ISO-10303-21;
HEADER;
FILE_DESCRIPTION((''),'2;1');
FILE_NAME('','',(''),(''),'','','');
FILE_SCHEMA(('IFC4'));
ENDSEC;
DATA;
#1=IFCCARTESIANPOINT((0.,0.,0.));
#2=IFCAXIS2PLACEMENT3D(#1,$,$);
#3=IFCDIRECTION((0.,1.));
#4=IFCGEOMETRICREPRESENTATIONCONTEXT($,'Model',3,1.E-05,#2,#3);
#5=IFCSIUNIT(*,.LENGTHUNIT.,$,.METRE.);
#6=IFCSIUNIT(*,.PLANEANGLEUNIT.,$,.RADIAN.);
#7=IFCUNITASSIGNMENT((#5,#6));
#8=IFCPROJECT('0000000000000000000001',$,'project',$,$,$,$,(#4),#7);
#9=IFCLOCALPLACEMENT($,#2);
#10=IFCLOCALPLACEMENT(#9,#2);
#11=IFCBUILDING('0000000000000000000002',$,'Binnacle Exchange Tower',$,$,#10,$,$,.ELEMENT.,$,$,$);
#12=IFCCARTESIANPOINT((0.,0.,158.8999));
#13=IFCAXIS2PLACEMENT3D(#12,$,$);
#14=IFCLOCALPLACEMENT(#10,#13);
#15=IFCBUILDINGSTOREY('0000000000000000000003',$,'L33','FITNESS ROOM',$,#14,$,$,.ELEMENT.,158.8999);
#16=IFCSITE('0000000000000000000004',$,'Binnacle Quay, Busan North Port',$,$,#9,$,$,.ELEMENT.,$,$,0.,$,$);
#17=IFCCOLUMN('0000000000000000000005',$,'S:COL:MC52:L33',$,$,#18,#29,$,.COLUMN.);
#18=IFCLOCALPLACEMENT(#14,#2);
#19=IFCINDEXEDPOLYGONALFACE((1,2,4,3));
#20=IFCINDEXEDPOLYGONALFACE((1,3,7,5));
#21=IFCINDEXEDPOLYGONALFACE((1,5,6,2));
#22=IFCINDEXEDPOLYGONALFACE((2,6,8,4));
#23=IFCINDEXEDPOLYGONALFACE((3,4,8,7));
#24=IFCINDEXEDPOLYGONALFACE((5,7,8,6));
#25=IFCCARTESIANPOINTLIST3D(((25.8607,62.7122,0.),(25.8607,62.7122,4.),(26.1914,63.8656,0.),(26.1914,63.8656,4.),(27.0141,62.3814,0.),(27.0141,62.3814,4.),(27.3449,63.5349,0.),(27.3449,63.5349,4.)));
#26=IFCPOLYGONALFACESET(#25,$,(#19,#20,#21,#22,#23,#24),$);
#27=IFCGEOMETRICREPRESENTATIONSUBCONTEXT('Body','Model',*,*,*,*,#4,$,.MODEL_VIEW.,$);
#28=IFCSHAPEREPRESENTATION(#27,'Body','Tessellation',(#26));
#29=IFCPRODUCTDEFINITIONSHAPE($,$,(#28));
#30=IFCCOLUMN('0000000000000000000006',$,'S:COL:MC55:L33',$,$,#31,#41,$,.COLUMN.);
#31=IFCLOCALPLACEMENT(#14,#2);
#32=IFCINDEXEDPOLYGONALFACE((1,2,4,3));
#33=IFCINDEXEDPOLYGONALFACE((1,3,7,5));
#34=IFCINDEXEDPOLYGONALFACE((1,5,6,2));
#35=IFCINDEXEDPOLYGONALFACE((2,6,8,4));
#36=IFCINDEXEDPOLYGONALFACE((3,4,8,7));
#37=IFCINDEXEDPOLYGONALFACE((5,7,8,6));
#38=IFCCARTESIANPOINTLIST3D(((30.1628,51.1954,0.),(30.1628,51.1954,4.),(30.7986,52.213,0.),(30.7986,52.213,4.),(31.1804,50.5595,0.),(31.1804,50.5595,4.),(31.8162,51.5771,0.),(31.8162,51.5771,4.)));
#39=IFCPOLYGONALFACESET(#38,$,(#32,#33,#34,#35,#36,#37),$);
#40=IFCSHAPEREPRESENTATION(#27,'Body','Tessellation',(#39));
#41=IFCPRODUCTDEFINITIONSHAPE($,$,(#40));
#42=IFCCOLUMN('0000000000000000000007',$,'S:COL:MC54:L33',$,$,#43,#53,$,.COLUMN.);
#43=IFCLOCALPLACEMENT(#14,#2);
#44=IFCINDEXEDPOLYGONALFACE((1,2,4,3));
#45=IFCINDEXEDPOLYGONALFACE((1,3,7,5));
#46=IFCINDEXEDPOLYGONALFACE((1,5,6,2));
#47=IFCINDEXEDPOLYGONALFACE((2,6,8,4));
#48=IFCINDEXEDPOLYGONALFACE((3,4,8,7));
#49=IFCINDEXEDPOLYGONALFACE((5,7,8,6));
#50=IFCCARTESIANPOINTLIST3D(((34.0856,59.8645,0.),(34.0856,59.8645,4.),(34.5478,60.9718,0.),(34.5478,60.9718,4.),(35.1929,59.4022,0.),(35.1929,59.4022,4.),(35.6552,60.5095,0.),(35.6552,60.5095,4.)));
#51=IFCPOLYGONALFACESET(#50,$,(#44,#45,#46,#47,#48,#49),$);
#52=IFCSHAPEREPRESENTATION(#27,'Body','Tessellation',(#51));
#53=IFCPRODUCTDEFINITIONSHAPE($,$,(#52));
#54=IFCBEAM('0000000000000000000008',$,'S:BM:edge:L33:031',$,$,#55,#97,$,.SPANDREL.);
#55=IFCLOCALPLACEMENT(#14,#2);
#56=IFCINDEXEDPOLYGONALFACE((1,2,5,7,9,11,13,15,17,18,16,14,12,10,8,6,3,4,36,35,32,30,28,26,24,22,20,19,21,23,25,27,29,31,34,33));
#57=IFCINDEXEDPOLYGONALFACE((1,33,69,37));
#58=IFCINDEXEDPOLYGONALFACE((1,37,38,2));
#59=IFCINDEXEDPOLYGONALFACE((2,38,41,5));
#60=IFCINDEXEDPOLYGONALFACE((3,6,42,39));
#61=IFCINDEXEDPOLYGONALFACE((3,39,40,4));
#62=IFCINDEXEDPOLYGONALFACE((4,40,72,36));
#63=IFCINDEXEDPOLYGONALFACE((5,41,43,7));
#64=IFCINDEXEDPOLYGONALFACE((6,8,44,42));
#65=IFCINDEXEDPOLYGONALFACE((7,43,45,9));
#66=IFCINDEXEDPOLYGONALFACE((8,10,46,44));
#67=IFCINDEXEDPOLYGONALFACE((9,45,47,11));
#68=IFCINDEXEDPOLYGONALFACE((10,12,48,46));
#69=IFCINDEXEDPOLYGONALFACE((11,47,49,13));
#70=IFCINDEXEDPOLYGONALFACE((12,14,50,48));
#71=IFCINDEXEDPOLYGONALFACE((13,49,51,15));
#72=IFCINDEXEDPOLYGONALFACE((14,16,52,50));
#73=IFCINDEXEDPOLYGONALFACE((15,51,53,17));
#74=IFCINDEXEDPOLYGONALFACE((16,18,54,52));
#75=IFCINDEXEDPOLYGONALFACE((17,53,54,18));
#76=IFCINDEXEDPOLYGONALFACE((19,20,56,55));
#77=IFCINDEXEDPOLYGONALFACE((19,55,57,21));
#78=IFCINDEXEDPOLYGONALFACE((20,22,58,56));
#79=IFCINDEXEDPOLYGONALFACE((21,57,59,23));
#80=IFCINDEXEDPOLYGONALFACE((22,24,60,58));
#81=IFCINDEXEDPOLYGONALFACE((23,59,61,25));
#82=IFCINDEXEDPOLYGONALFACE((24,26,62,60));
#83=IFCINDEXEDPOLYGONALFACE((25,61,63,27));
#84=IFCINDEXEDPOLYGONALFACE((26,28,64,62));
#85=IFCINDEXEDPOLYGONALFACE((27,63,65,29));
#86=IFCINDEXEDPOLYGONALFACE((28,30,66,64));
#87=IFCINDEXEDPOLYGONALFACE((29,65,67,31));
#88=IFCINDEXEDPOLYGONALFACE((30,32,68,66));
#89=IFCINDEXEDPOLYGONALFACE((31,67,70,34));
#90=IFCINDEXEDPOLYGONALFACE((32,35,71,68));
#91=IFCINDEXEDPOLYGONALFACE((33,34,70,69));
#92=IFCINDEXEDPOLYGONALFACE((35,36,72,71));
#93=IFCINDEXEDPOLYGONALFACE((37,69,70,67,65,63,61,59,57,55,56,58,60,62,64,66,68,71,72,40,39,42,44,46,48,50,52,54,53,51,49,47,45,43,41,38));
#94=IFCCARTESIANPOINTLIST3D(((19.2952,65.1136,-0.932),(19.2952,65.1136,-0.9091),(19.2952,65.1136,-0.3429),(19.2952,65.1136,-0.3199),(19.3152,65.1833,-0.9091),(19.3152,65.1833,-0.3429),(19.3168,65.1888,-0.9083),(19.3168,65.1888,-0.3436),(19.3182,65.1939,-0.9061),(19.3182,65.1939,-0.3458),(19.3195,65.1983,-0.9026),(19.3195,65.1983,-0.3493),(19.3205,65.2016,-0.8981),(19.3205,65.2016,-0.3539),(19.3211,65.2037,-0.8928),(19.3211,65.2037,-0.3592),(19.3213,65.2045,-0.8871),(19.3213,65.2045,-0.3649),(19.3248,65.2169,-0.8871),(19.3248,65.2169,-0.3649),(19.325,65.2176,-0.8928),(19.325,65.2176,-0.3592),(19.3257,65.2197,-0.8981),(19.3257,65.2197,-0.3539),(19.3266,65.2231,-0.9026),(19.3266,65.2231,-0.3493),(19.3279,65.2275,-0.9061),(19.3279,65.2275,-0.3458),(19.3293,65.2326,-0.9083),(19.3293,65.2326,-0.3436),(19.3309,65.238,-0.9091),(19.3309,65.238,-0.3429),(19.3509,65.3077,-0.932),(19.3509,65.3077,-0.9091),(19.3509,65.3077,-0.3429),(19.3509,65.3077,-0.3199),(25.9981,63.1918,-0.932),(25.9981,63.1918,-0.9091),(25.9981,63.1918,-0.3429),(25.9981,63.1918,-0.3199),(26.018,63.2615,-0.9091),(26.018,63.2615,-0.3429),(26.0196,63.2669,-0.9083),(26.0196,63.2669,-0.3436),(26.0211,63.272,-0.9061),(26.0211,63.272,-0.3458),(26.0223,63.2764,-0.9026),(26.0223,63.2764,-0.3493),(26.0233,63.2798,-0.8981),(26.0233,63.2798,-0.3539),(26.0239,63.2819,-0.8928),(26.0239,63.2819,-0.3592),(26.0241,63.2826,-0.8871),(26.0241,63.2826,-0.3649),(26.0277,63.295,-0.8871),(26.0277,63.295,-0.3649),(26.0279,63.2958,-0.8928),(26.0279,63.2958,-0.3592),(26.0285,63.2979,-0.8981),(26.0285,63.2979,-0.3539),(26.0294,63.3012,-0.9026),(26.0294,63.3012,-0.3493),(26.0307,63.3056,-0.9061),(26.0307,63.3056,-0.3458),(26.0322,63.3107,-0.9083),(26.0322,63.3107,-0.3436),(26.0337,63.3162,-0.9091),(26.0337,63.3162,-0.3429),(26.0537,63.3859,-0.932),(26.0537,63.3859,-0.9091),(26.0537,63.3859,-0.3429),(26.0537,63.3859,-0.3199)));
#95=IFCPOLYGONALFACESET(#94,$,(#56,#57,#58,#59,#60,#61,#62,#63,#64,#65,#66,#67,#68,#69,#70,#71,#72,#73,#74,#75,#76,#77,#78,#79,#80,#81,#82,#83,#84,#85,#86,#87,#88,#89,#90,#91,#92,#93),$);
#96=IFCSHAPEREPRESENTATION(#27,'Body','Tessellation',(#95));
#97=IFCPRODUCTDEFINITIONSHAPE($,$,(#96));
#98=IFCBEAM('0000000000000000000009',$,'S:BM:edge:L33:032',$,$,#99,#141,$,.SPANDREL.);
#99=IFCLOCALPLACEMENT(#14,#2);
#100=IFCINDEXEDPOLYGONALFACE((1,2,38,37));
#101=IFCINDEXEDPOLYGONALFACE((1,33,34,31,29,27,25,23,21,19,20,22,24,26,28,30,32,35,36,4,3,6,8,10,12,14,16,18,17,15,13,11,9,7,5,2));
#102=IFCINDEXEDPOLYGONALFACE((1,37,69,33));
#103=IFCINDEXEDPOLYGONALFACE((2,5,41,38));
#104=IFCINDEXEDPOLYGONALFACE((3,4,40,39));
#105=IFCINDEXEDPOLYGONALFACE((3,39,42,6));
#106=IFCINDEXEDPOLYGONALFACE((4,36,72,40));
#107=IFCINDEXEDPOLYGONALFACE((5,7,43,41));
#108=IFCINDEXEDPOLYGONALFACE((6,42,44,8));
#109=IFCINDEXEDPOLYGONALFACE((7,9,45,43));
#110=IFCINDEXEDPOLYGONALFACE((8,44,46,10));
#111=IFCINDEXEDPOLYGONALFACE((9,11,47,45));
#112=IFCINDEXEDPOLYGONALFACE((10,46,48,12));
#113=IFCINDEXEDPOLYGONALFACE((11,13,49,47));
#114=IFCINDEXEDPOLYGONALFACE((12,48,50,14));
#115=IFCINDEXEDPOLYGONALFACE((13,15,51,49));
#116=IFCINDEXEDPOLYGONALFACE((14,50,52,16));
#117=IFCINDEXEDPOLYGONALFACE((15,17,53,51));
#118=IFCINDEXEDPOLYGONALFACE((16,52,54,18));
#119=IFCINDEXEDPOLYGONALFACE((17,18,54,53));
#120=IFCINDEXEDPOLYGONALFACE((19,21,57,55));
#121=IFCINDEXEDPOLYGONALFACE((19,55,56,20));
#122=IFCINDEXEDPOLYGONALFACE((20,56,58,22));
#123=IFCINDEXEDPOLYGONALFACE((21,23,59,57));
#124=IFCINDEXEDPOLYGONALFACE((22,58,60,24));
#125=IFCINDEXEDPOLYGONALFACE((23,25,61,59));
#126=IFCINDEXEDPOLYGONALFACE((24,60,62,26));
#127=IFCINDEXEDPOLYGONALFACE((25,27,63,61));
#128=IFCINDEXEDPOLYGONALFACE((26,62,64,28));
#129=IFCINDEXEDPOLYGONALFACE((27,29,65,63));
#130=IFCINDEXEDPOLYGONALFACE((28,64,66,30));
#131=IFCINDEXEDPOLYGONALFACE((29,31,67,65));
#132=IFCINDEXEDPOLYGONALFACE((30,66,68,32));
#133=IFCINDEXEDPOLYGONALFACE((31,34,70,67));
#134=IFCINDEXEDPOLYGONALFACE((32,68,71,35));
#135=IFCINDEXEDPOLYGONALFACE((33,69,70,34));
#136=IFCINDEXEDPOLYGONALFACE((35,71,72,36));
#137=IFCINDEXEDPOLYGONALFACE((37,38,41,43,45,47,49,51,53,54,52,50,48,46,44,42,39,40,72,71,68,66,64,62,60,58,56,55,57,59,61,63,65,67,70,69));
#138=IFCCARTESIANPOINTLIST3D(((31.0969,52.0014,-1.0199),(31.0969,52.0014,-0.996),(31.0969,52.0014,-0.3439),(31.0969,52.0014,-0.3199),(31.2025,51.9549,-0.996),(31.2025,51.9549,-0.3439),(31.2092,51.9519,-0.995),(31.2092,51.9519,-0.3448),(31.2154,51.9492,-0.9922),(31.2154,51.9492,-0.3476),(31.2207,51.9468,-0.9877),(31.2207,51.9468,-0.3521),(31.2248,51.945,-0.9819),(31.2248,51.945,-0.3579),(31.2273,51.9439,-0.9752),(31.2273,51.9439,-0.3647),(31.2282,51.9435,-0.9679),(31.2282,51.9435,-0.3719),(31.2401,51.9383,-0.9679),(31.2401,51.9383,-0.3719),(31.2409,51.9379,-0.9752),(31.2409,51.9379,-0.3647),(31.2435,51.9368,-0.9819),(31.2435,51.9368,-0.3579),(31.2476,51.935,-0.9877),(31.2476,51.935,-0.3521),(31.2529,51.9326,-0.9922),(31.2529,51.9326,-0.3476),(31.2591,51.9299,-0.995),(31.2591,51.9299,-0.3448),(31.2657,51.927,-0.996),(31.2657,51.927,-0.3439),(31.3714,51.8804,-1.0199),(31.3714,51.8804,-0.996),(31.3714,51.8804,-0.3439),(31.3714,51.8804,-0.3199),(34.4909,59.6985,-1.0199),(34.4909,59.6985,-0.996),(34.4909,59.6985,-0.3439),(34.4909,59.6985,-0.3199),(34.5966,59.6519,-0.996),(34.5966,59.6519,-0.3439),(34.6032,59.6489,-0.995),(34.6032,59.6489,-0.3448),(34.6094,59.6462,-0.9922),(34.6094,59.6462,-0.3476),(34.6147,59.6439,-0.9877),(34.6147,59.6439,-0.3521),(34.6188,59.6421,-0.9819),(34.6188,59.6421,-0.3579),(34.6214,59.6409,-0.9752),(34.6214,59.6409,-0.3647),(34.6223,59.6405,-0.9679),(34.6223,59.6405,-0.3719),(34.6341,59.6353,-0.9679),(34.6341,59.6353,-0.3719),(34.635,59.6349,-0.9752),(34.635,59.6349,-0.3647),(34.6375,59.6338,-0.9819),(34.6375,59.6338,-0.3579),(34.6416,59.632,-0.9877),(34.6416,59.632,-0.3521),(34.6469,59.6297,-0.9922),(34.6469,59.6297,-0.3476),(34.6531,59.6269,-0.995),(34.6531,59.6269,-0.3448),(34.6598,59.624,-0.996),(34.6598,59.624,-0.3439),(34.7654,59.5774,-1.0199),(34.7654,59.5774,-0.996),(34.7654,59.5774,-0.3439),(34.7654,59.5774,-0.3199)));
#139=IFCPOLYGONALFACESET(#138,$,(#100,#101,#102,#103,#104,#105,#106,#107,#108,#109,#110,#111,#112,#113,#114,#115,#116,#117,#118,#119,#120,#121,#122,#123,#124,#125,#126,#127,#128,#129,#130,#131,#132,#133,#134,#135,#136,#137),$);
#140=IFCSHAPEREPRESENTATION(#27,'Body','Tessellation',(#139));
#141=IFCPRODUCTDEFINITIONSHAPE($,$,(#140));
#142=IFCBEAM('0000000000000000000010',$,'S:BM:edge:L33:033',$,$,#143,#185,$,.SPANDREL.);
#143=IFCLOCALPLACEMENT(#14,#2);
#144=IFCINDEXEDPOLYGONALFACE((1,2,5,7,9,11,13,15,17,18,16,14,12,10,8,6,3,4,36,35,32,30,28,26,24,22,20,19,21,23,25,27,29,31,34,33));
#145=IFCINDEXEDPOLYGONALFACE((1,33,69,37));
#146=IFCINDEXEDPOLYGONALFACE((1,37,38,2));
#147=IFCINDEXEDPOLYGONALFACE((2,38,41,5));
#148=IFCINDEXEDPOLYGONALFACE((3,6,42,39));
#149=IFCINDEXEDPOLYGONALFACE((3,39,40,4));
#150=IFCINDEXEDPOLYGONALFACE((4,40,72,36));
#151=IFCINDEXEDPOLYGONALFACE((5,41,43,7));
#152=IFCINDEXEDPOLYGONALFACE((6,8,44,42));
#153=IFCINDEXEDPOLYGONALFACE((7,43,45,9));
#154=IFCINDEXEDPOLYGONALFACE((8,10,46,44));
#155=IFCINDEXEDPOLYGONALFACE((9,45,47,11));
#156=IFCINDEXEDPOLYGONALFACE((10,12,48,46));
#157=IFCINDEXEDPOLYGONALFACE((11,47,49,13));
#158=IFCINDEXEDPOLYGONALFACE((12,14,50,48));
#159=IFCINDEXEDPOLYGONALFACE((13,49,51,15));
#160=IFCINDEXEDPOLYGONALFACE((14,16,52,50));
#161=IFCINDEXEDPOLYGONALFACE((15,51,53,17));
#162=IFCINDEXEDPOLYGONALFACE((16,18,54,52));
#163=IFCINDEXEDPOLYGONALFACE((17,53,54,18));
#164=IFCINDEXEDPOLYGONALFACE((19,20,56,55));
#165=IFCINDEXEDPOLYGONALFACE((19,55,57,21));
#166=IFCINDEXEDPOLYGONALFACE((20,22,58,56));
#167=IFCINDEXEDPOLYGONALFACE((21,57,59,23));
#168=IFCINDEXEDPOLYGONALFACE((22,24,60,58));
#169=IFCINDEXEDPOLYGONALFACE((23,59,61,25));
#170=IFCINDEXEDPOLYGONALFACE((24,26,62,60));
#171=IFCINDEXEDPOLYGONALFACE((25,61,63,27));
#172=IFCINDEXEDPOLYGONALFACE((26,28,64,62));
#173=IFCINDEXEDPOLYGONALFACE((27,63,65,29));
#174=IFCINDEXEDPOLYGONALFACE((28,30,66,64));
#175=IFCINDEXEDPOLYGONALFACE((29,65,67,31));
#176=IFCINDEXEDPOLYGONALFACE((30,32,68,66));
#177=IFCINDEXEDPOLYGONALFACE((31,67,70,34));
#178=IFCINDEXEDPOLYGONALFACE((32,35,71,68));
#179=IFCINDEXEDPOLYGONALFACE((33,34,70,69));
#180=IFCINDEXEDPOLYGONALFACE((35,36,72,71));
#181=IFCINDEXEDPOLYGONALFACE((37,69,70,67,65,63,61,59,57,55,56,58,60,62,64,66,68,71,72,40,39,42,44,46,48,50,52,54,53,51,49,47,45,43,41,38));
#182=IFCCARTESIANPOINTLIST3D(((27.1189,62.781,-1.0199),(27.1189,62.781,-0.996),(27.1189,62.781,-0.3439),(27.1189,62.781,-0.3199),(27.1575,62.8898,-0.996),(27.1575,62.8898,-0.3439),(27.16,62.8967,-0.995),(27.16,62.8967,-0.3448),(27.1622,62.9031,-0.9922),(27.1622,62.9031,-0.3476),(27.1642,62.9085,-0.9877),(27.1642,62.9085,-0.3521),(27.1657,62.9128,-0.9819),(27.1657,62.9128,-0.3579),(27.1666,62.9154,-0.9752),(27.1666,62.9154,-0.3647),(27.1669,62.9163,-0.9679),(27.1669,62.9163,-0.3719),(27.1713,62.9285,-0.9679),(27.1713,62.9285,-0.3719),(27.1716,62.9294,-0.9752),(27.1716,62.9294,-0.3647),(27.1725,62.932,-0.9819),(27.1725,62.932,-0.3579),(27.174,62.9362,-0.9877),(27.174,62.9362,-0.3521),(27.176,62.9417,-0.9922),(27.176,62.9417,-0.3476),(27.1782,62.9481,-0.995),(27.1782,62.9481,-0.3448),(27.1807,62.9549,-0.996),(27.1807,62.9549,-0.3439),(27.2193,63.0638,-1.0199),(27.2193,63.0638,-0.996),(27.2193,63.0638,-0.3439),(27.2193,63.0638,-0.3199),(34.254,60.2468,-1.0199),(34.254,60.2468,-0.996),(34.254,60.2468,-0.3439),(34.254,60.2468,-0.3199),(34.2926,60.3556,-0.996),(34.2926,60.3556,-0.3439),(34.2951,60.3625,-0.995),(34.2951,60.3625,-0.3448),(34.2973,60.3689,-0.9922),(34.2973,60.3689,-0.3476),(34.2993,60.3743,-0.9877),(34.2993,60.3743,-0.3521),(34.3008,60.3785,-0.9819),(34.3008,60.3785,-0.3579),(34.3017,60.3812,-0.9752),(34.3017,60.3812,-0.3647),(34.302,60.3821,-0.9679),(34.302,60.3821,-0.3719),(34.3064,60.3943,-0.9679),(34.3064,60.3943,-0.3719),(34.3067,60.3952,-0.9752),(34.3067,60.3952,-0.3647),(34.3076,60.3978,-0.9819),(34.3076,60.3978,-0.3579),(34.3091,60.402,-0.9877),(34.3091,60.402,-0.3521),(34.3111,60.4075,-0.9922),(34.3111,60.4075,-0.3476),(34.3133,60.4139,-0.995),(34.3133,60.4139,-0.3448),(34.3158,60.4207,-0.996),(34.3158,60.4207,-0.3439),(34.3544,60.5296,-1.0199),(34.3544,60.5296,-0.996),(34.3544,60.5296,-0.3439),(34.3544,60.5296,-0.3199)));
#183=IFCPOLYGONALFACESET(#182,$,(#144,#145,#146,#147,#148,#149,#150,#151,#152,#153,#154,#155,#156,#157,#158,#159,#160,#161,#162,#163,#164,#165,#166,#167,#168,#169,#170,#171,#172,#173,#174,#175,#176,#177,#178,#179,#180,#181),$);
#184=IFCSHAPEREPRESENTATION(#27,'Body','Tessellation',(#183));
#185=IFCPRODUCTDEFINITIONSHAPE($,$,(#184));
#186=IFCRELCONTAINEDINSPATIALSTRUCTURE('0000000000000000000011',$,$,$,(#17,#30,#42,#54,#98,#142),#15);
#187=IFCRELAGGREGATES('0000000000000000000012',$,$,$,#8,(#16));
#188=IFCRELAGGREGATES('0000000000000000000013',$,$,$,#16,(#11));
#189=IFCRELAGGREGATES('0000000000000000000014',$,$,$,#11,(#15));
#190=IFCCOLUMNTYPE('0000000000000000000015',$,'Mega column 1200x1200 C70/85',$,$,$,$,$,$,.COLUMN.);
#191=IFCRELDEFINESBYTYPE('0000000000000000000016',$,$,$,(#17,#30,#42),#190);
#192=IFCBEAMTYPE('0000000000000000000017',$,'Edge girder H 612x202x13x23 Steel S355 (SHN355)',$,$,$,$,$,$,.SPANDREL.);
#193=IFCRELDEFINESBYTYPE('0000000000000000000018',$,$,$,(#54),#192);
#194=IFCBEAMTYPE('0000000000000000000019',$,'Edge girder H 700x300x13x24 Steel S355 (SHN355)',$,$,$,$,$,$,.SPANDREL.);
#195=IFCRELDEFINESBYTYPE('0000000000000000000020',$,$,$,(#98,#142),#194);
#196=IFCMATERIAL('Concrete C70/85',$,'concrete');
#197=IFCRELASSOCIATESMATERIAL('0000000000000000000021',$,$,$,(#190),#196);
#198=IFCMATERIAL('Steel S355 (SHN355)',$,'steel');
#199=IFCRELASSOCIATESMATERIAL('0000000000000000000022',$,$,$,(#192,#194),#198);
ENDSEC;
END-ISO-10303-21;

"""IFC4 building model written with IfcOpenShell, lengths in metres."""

from ifc_helpers import new_model, si_unit, direction, frame, origin, origin_2d, place, context, subcontext, project, spatial, rectangle, i_section, extrude, material, material_profile, profile_set, type_object, element, save


model = new_model("IFC4")

# Units and contexts
model_context = context("Model", 3, precision=1e-05, world=origin(), true_north=direction((0.0, 1.0)))
body_context = subcontext(model_context, "Body", "Model", "MODEL_VIEW")
ifc_project = project(units=[si_unit("LENGTHUNIT", "METRE"), si_unit("PLANEANGLEUNIT", "RADIAN")], contexts=[model_context])

# Site, building, storey
site_placement = place(None, origin())
site = spatial("IfcSite", under=ifc_project, at=site_placement, Name="Binnacle Quay, Busan North Port", CompositionType="ELEMENT", RefElevation=0.0)
building_placement = place(site_placement, origin())
building = spatial("IfcBuilding", under=site, at=building_placement, Name="Binnacle Exchange Tower", CompositionType="ELEMENT")
storey_placement = place(building_placement, frame((0.0, 0.0, 158.8999)))
storey = spatial("IfcBuildingStorey", under=building, at=storey_placement, Name="L33", Description="FITNESS ROOM", CompositionType="ELEMENT", Elevation=158.8999)

# Columns
ifc_material_1 = material(Name="Concrete C70/85", Category="concrete")
ifc_material_profile_1 = material_profile(ifc_material_1, rectangle(XDim=1.2, YDim=1.2, at=origin_2d()), Name="Mega column 1200x1200 C70/85")
ifc_profile_set_1 = profile_set([ifc_material_profile_1], Name="Concrete C70/85")
column_type = type_object("IfcColumnType", Name="Mega column 1200x1200 C70/85", PredefinedType="COLUMN", material=ifc_profile_set_1)
for number, where, z_axis, x_axis, name in (
    (1, (26.6028, 63.1235, 0.0), (0.0, 0.0, 1.0), (-0.961262, 0.275637, 0.0), "S:COL:MC52:L33"),
    (2, (30.9895, 51.3862, 0.0), (0.0, 0.0, 1.0), (0.529919, 0.848048, 0.0), "S:COL:MC55:L33"),
    (3, (34.8704, 60.187, 0.0), (0.0, 0.0, 1.0), (-0.922814, 0.385246, 0.0), "S:COL:MC54:L33"),
):
    element("IfcColumn", number, at=place(storey_placement, frame(where, z_axis=z_axis, x_axis=x_axis)), inside=storey, type_object=column_type, Name=name, PredefinedType="COLUMN", context=body_context, shape_type="SweptSolid", body=[
        extrude(rectangle(XDim=1.2, YDim=1.2, at=origin_2d()), origin(), (0.0, 0.0, 1.0), 4.0),
    ])

# Beams
ifc_material_2 = material(Name="Steel S355 (SHN355)", Category="steel")
ifc_material_profile_2 = material_profile(ifc_material_2, i_section(OverallWidth=0.2019, OverallDepth=0.6121, WebThickness=0.0129, FlangeThickness=0.0229, FilletRadius=0.022, at=origin_2d()), Name="H 612x202x13x23")
ifc_profile_set_2 = profile_set([ifc_material_profile_2], Name="Steel S355 (SHN355)")
beam_type_1 = type_object("IfcBeamType", Name="Edge girder H 612x202x13x23 Steel S355 (SHN355)", PredefinedType="SPANDREL", material=ifc_profile_set_2)
beam_1_placement = place(storey_placement, frame((26.0259, 63.2888, -0.626), z_axis=(-0.961267, 0.275618, 0.0), x_axis=(-0.275618, -0.961267, 0.0)))
element("IfcBeam", 4, at=beam_1_placement, inside=storey, type_object=beam_type_1, Name="S:BM:edge:L33:031", PredefinedType="SPANDREL", context=body_context, shape_type="SweptSolid", body=[
    extrude(i_section(OverallWidth=0.2019, OverallDepth=0.6121, WebThickness=0.0129, FlangeThickness=0.0229, FilletRadius=0.022, at=origin_2d()), origin(), (0.0, 0.0, 1.0), 6.9729),
])
ifc_material_profile_3 = material_profile(ifc_material_2, i_section(OverallWidth=0.3, OverallDepth=0.7, WebThickness=0.0129, FlangeThickness=0.0239, FilletRadius=0.0281, at=origin_2d()), Name="H 700x300x13x24")
ifc_profile_set_3 = profile_set([ifc_material_profile_3], Name="Steel S355 (SHN355)")
beam_type_2 = type_object("IfcBeamType", Name="Edge girder H 700x300x13x24 Steel S355 (SHN355)", PredefinedType="SPANDREL", material=ifc_profile_set_3)
beam_2_placement = place(storey_placement, frame((31.2341, 51.9409, -0.6699), z_axis=(0.403471, 0.914992, 0.0), x_axis=(-0.914992, 0.403471, 0.0)))
element("IfcBeam", 5, at=beam_2_placement, inside=storey, type_object=beam_type_2, Name="S:BM:edge:L33:032", PredefinedType="SPANDREL", context=body_context, shape_type="SweptSolid", body=[
    extrude(i_section(OverallWidth=0.3, OverallDepth=0.7, WebThickness=0.0129, FlangeThickness=0.0239, FilletRadius=0.0281, at=origin_2d()), origin(), (0.0, 0.0, 1.0), 8.4121),
])
beam_3_placement = place(storey_placement, frame((34.3042, 60.3882, -0.6699), z_axis=(-0.942328, 0.334692, 0.0), x_axis=(-0.334692, -0.942328, 0.0)))
element("IfcBeam", 6, at=beam_3_placement, inside=storey, type_object=beam_type_2, Name="S:BM:edge:L33:033", PredefinedType="SPANDREL", context=body_context, shape_type="SweptSolid", body=[
    extrude(i_section(OverallWidth=0.3, OverallDepth=0.7, WebThickness=0.0129, FlangeThickness=0.0239, FilletRadius=0.0281, at=origin_2d()), origin(), (0.0, 0.0, 1.0), 7.5718),
])

save(model, "model.ifc")
